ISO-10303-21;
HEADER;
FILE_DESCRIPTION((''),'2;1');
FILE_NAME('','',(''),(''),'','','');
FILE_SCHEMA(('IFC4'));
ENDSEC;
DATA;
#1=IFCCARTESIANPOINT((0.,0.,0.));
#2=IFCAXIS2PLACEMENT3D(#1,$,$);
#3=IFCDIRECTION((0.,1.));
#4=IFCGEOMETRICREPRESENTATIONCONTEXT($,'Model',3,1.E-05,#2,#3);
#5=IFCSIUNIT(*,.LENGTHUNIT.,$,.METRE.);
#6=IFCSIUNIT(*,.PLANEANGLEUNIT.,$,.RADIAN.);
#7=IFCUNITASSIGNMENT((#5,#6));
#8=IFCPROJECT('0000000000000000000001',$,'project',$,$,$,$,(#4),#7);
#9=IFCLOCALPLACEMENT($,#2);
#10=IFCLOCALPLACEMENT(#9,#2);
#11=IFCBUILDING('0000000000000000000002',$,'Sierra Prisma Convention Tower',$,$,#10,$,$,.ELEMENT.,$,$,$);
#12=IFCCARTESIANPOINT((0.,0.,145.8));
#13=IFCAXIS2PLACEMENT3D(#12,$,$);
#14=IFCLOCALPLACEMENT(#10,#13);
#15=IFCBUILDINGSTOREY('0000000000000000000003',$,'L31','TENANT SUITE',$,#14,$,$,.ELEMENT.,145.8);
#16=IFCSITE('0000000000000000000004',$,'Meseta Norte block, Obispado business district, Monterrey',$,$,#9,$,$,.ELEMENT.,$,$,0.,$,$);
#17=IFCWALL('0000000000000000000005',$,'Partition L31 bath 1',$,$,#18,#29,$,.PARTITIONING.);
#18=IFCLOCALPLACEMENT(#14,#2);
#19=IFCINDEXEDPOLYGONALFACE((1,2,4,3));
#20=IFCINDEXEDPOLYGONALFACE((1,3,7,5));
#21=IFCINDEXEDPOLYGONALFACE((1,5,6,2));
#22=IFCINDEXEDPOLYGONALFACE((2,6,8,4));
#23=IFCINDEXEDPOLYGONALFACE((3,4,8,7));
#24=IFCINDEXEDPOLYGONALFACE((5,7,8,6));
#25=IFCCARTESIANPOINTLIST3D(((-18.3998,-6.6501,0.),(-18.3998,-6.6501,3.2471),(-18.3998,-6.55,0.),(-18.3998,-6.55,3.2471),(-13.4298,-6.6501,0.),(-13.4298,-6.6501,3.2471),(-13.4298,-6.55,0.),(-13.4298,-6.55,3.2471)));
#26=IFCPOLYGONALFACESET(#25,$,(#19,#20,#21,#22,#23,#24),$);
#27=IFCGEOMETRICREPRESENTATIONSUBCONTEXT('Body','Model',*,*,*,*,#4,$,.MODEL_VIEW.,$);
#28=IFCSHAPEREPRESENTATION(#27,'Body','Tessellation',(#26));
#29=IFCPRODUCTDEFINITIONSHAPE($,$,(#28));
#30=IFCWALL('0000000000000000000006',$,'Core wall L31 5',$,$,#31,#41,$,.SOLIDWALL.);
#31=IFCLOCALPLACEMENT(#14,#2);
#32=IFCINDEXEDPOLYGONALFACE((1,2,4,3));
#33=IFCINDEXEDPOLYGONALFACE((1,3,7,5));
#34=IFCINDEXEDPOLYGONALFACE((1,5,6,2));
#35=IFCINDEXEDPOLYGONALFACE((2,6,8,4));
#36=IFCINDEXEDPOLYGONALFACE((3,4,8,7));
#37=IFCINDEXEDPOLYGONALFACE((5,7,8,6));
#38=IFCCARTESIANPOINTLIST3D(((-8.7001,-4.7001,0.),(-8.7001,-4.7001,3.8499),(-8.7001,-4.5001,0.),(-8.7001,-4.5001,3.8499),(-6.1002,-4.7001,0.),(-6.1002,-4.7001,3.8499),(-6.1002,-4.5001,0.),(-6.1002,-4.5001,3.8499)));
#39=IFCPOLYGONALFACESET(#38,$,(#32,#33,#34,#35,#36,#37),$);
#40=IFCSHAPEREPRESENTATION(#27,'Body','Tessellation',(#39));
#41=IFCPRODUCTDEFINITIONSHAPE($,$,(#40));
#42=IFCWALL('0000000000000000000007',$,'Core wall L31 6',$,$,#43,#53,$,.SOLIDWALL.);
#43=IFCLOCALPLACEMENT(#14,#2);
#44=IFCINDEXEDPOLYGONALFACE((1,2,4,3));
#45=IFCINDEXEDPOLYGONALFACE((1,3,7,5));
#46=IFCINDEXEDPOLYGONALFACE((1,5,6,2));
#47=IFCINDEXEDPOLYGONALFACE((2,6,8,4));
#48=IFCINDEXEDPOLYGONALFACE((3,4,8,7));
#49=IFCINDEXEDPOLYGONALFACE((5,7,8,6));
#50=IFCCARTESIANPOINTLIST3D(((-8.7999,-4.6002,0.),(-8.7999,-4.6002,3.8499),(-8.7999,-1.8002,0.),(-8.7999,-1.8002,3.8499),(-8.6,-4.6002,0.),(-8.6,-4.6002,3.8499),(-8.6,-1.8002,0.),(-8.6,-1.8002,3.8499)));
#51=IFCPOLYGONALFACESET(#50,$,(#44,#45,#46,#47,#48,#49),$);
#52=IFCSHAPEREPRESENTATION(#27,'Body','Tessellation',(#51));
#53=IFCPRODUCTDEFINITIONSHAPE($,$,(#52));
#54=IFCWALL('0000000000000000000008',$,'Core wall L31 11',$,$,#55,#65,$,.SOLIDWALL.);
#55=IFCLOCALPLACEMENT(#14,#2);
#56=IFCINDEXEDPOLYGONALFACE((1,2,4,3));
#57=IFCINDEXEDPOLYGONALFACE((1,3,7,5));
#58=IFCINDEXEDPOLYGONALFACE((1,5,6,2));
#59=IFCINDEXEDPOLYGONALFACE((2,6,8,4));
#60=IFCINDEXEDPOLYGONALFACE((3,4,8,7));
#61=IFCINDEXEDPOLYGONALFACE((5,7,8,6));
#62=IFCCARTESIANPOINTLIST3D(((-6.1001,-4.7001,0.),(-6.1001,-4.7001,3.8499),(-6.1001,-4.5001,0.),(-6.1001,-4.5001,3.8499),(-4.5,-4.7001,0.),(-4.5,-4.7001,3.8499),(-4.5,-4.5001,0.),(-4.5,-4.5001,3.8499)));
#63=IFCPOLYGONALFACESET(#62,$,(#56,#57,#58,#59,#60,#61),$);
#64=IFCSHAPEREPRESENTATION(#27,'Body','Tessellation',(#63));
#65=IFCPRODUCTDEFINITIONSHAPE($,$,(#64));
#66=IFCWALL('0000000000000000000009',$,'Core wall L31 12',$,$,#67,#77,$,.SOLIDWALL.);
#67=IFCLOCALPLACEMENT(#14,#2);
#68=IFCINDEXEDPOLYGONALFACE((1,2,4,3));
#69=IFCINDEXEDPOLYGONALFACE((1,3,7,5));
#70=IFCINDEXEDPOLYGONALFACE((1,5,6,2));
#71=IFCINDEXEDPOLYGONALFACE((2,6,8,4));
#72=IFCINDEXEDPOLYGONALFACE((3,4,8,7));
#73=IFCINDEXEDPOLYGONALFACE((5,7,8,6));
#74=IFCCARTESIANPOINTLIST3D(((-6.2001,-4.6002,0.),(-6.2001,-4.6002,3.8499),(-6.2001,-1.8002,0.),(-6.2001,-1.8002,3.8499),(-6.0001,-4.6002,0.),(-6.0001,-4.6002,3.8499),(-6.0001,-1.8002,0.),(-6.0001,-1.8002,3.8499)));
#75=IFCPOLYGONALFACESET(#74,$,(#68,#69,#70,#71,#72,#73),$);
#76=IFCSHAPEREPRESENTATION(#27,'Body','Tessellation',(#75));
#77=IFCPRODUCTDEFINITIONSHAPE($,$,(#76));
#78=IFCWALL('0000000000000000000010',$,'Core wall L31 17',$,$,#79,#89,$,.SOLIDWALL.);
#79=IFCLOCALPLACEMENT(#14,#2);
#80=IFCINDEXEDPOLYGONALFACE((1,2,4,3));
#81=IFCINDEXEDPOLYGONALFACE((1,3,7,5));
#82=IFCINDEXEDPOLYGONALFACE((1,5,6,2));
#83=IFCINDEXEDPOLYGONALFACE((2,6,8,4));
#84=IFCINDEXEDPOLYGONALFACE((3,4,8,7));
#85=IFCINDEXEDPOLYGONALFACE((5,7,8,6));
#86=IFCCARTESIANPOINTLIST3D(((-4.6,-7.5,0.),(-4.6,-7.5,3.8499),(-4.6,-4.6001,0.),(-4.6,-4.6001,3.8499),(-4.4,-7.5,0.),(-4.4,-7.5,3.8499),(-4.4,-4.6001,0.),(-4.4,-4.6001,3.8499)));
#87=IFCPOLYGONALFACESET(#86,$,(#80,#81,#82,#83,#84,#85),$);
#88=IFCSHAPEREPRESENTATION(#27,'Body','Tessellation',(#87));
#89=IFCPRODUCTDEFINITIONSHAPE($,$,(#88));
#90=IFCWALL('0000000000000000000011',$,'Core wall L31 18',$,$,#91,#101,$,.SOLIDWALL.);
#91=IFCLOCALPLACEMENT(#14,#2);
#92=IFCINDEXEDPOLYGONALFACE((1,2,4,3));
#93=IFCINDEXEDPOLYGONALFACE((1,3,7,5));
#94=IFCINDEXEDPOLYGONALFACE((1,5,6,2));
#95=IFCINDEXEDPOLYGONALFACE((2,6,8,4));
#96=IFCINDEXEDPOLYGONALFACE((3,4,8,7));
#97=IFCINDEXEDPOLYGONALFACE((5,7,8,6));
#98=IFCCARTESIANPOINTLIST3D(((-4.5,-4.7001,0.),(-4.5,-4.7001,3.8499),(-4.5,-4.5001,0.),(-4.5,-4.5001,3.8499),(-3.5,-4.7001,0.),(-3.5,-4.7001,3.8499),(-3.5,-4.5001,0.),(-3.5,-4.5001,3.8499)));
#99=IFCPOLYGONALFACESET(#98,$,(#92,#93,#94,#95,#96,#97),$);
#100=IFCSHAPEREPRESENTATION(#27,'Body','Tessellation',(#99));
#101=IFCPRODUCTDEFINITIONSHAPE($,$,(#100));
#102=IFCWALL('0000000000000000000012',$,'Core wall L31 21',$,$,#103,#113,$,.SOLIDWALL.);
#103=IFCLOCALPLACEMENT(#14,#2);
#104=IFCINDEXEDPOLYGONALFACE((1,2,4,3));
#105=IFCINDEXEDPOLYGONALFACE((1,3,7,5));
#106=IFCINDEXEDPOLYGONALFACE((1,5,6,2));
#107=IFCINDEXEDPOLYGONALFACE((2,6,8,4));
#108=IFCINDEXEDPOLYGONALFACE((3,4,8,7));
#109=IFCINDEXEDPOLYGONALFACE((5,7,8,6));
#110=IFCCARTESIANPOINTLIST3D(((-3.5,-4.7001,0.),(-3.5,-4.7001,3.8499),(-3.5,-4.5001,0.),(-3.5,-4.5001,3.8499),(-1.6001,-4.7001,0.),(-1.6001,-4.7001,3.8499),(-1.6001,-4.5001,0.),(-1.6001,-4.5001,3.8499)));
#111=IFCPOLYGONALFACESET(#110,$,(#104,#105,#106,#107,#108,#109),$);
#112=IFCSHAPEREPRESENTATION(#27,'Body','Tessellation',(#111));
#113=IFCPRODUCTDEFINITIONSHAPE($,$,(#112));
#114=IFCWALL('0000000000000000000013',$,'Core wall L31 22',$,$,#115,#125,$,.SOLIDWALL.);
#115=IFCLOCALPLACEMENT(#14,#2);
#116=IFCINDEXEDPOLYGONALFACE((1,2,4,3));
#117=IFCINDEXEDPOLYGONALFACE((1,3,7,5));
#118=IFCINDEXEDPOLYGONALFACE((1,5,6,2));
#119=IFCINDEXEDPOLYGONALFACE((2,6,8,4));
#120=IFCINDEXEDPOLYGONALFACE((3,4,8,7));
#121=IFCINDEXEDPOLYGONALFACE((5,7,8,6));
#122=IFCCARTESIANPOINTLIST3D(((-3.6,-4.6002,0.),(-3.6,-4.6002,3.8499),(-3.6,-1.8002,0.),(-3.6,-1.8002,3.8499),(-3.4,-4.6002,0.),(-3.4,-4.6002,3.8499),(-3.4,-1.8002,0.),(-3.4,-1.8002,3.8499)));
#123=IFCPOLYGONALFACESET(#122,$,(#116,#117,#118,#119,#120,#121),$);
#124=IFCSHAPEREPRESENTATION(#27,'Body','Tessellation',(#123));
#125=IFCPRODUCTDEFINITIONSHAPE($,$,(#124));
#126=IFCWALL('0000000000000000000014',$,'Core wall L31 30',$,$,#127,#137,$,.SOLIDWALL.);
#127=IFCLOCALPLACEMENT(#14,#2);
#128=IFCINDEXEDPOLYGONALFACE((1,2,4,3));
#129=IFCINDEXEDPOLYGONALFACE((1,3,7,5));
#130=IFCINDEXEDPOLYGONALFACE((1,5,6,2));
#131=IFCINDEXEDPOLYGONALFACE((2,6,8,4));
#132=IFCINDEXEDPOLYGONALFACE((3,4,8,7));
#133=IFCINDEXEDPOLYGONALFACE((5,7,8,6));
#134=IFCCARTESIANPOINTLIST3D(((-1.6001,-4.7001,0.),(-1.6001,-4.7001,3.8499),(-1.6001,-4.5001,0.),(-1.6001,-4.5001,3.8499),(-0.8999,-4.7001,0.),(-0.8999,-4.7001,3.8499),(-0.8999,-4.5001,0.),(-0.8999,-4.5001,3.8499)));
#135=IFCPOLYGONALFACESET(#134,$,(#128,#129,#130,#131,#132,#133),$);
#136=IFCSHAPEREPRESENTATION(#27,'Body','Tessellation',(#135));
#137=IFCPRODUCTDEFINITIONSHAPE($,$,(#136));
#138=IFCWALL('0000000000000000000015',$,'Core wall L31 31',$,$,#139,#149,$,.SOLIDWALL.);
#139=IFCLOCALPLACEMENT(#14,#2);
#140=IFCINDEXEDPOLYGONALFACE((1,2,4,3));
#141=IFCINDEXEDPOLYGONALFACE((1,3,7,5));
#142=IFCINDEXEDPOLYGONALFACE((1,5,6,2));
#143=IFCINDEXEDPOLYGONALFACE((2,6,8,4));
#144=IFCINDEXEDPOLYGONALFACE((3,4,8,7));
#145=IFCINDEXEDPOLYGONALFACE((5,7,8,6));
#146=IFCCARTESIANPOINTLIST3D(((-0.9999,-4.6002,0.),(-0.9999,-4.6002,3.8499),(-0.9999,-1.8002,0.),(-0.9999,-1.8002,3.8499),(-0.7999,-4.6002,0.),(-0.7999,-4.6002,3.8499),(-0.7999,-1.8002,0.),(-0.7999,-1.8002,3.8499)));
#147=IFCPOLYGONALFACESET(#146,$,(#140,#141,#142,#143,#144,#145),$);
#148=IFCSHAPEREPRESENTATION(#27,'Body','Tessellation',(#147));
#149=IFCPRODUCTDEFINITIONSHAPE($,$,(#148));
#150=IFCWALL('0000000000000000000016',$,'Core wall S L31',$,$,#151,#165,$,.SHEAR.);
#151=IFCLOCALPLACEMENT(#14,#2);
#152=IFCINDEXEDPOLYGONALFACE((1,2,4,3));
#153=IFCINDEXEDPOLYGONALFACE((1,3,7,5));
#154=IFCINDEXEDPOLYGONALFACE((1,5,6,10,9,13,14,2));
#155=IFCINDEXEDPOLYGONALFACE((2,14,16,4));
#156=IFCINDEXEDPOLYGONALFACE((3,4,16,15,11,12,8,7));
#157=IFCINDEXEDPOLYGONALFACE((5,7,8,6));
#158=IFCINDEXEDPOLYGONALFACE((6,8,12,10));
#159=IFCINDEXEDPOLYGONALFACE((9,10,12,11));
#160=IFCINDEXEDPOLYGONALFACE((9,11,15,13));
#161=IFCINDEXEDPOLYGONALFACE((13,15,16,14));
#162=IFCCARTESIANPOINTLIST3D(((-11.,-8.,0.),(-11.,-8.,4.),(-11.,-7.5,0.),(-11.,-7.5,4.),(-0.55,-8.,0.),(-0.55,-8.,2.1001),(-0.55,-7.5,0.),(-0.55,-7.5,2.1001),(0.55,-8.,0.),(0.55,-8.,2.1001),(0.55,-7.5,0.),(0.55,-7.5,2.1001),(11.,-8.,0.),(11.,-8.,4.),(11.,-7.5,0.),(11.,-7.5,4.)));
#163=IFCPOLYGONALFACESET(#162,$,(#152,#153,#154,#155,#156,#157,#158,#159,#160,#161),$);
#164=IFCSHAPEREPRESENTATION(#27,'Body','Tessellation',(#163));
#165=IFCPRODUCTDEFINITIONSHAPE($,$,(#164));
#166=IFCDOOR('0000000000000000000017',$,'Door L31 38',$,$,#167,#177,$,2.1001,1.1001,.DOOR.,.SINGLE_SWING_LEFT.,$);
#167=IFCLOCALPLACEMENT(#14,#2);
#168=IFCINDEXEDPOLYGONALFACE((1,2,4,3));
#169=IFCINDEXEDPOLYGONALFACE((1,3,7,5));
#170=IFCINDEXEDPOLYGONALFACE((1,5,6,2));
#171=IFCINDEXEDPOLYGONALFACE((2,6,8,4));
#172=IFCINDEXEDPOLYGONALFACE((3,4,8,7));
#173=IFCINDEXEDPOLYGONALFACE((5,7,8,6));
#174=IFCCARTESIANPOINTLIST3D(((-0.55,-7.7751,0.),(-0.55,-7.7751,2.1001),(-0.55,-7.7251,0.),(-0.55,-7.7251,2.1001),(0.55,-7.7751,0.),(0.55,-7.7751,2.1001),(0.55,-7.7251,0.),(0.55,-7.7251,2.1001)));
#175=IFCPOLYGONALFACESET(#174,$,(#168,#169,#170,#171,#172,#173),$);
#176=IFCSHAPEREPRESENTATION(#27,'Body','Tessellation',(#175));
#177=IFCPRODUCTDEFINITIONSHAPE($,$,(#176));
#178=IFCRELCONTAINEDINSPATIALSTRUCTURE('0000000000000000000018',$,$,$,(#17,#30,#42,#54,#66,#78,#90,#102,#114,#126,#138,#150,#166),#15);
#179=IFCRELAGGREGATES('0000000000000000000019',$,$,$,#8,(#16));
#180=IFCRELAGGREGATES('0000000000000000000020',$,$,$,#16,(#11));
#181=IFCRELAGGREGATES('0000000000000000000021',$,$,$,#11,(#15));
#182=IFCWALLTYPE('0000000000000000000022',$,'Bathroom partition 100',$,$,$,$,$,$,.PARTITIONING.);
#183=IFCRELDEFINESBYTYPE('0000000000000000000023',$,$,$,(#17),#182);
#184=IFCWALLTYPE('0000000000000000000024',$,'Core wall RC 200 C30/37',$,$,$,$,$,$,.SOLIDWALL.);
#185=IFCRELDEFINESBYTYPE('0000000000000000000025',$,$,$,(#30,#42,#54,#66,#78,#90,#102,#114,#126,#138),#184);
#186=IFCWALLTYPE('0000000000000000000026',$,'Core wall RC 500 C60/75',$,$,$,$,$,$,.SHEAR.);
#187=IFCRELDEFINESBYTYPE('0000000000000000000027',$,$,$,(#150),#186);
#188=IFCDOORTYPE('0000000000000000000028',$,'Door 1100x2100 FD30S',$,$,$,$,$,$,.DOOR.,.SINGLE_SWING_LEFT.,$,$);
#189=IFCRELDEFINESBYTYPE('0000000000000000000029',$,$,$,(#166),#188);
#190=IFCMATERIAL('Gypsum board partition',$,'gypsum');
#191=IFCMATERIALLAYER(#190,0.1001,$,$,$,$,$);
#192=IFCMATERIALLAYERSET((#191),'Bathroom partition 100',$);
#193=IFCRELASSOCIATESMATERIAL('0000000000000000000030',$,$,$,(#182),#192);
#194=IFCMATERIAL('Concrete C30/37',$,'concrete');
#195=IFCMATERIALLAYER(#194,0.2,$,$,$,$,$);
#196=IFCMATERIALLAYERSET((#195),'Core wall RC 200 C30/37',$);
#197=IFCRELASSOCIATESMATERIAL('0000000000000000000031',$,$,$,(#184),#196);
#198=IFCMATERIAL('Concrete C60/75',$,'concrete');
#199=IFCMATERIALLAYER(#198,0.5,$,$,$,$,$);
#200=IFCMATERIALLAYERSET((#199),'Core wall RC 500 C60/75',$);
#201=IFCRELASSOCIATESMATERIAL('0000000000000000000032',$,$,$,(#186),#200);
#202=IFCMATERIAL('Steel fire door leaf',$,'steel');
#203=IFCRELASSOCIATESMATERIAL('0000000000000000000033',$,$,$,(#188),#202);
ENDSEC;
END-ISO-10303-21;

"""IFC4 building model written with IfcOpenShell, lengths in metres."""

from ifc_helpers import new_model, si_unit, direction, frame, frame_2d, origin, place, context, subcontext, project, spatial, rectangle, extrude, material, layer, layer_set, type_object, element, fill, save


model = new_model("IFC4")

# Units and contexts
model_context = context("Model", 3, precision=1e-05, world=origin(), true_north=direction((0.0, 1.0)))
body_context = subcontext(model_context, "Body", "Model", "MODEL_VIEW")
ifc_project = project(units=[si_unit("LENGTHUNIT", "METRE"), si_unit("PLANEANGLEUNIT", "RADIAN")], contexts=[model_context])

# Site, building, storey
site_placement = place(None, origin())
site = spatial("IfcSite", under=ifc_project, at=site_placement, Name="Meseta Norte block, Obispado business district, Monterrey", CompositionType="ELEMENT", RefElevation=0.0)
building_placement = place(site_placement, origin())
building = spatial("IfcBuilding", under=site, at=building_placement, Name="Sierra Prisma Convention Tower", CompositionType="ELEMENT")
storey_placement = place(building_placement, frame((0.0, 0.0, 145.8)))
storey = spatial("IfcBuildingStorey", under=building, at=storey_placement, Name="L31", Description="TENANT SUITE", CompositionType="ELEMENT", Elevation=145.8)

# Wall
ifc_material_1 = material(Name="Gypsum board partition", Category="gypsum")
ifc_layer_1 = layer(ifc_material_1, 0.1001)
ifc_layer_set_1 = layer_set([ifc_layer_1], Name="Bathroom partition 100")
wall_type_1 = type_object("IfcWallType", Name="Bathroom partition 100", PredefinedType="PARTITIONING", material=ifc_layer_set_1)
wall_1_placement = place(storey_placement, frame((-13.4299, -6.6001, 0.0), z_axis=(0.0, 0.0, 1.0), x_axis=(-1.0, 0.0, 0.0)))
element("IfcWall", 1, at=wall_1_placement, inside=storey, type_object=wall_type_1, Name="Partition L31 bath 1", PredefinedType="PARTITIONING", context=body_context, shape_type="SweptSolid", body=[
    extrude(rectangle(XDim=4.97, YDim=0.1001, at=frame_2d((2.4849, 0.0))), origin(), (0.0, 0.0, 1.0), 3.2471),
])

# Shared definitions
ifc_material_2 = material(Name="Concrete C30/37", Category="concrete")
ifc_layer_2 = layer(ifc_material_2, 0.2)
ifc_layer_set_2 = layer_set([ifc_layer_2], Name="Core wall RC 200 C30/37")
wall_type_2 = type_object("IfcWallType", Name="Core wall RC 200 C30/37", PredefinedType="SOLIDWALL", material=ifc_layer_set_2)

# Walls
wall_2_placement = place(storey_placement, frame((-8.7, -4.6001, 0.0), z_axis=(0.0, 0.0, 1.0), x_axis=(1.0, 0.0, 0.0)))
element("IfcWall", 2, at=wall_2_placement, inside=storey, type_object=wall_type_2, Name="Core wall L31 5", PredefinedType="SOLIDWALL", context=body_context, shape_type="SweptSolid", body=[
    extrude(rectangle(XDim=2.5999, YDim=0.2, at=frame_2d((1.2998, 0.0))), origin(), (0.0, 0.0, 1.0), 3.8499),
])
wall_3_placement = place(storey_placement, frame((-8.7, -4.6001, 0.0), z_axis=(0.0, 0.0, 1.0), x_axis=(0.0, 1.0, 0.0)))
element("IfcWall", 3, at=wall_3_placement, inside=storey, type_object=wall_type_2, Name="Core wall L31 6", PredefinedType="SOLIDWALL", context=body_context, shape_type="SweptSolid", body=[
    extrude(rectangle(XDim=2.8, YDim=0.2, at=frame_2d((1.3999, 0.0))), origin(), (0.0, 0.0, 1.0), 3.8499),
])
wall_4_placement = place(storey_placement, frame((-6.1001, -4.6001, 0.0), z_axis=(0.0, 0.0, 1.0), x_axis=(1.0, 0.0, 0.0)))
element("IfcWall", 4, at=wall_4_placement, inside=storey, type_object=wall_type_2, Name="Core wall L31 11", PredefinedType="SOLIDWALL", context=body_context, shape_type="SweptSolid", body=[
    extrude(rectangle(XDim=1.6001, YDim=0.2, at=frame_2d((0.8, 0.0))), origin(), (0.0, 0.0, 1.0), 3.8499),
])
wall_5_placement = place(storey_placement, frame((-6.1001, -4.6001, 0.0), z_axis=(0.0, 0.0, 1.0), x_axis=(0.0, 1.0, 0.0)))
element("IfcWall", 5, at=wall_5_placement, inside=storey, type_object=wall_type_2, Name="Core wall L31 12", PredefinedType="SOLIDWALL", context=body_context, shape_type="SweptSolid", body=[
    extrude(rectangle(XDim=2.8, YDim=0.2, at=frame_2d((1.3999, 0.0))), origin(), (0.0, 0.0, 1.0), 3.8499),
])
wall_6_placement = place(storey_placement, frame((-4.5, -4.6001, 0.0), z_axis=(0.0, 0.0, 1.0), x_axis=(0.0, -1.0, 0.0)))
element("IfcWall", 6, at=wall_6_placement, inside=storey, type_object=wall_type_2, Name="Core wall L31 17", PredefinedType="SOLIDWALL", context=body_context, shape_type="SweptSolid", body=[
    extrude(rectangle(XDim=2.8999, YDim=0.2, at=frame_2d((1.45, 0.0))), origin(), (0.0, 0.0, 1.0), 3.8499),
])
wall_7_placement = place(storey_placement, frame((-4.5, -4.6001, 0.0), z_axis=(0.0, 0.0, 1.0), x_axis=(1.0, 0.0, 0.0)))
element("IfcWall", 7, at=wall_7_placement, inside=storey, type_object=wall_type_2, Name="Core wall L31 18", PredefinedType="SOLIDWALL", context=body_context, shape_type="SweptSolid", body=[
    extrude(rectangle(XDim=1.0, YDim=0.2, at=frame_2d((0.5, 0.0))), origin(), (0.0, 0.0, 1.0), 3.8499),
])
wall_8_placement = place(storey_placement, frame((-3.5, -4.6001, 0.0), z_axis=(0.0, 0.0, 1.0), x_axis=(1.0, 0.0, 0.0)))
element("IfcWall", 8, at=wall_8_placement, inside=storey, type_object=wall_type_2, Name="Core wall L31 21", PredefinedType="SOLIDWALL", context=body_context, shape_type="SweptSolid", body=[
    extrude(rectangle(XDim=1.8999, YDim=0.2, at=frame_2d((0.95, 0.0))), origin(), (0.0, 0.0, 1.0), 3.8499),
])
wall_9_placement = place(storey_placement, frame((-3.5, -4.6001, 0.0), z_axis=(0.0, 0.0, 1.0), x_axis=(0.0, 1.0, 0.0)))
element("IfcWall", 9, at=wall_9_placement, inside=storey, type_object=wall_type_2, Name="Core wall L31 22", PredefinedType="SOLIDWALL", context=body_context, shape_type="SweptSolid", body=[
    extrude(rectangle(XDim=2.8, YDim=0.2, at=frame_2d((1.3999, 0.0))), origin(), (0.0, 0.0, 1.0), 3.8499),
])

# Walls
wall_10_placement = place(storey_placement, frame((-1.6001, -4.6001, 0.0), z_axis=(0.0, 0.0, 1.0), x_axis=(1.0, 0.0, 0.0)))
element("IfcWall", 10, at=wall_10_placement, inside=storey, type_object=wall_type_2, Name="Core wall L31 30", PredefinedType="SOLIDWALL", context=body_context, shape_type="SweptSolid", body=[
    extrude(rectangle(XDim=0.7002, YDim=0.2, at=frame_2d((0.3501, 0.0))), origin(), (0.0, 0.0, 1.0), 3.8499),
])
wall_11_placement = place(storey_placement, frame((-0.8999, -4.6001, 0.0), z_axis=(0.0, 0.0, 1.0), x_axis=(0.0, 1.0, 0.0)))
element("IfcWall", 11, at=wall_11_placement, inside=storey, type_object=wall_type_2, Name="Core wall L31 31", PredefinedType="SOLIDWALL", context=body_context, shape_type="SweptSolid", body=[
    extrude(rectangle(XDim=2.8, YDim=0.2, at=frame_2d((1.3999, 0.0))), origin(), (0.0, 0.0, 1.0), 3.8499),
])

# Wall, opening, door
ifc_material_3 = material(Name="Concrete C60/75", Category="concrete")
ifc_layer_3 = layer(ifc_material_3, 0.5)
ifc_layer_set_3 = layer_set([ifc_layer_3], Name="Core wall RC 500 C60/75")
wall_type_3 = type_object("IfcWallType", Name="Core wall RC 500 C60/75", PredefinedType="SHEAR", material=ifc_layer_set_3)
wall_12_placement = place(storey_placement, frame((-11.0, -7.75, 0.0), z_axis=(0.0, 0.0, 1.0), x_axis=(1.0, 0.0, 0.0)))
wall_12 = element("IfcWall", 12, at=wall_12_placement, inside=storey, type_object=wall_type_3, Name="Core wall S L31", PredefinedType="SHEAR", context=body_context, shape_type="SweptSolid", body=[
    extrude(rectangle(XDim=22.0, YDim=0.5, at=frame_2d((11.0, 0.0))), origin(), (0.0, 0.0, 1.0), 4.0),
])
opening_1_placement = place(wall_12_placement, frame((10.45, 0.0, 0.0)))
opening_1 = element("IfcOpeningElement", 13, at=opening_1_placement, cuts=wall_12, PredefinedType="OPENING", context=body_context, shape_type="SweptSolid", body=[
    extrude(rectangle(XDim=1.1001, YDim=2.1001, at=frame_2d((0.55, 1.05))), frame((0.0, 0.25, 0.0), z_axis=(0.0, -1.0, 0.0), x_axis=(1.0, 0.0, 0.0)), (0.0, 0.0, 1.0), 0.5),
])
ifc_material_4 = material(Name="Steel fire door leaf", Category="steel")
door_type_1 = type_object("IfcDoorType", Name="Door 1100x2100 FD30S", OperationType="SINGLE_SWING_LEFT", PredefinedType="DOOR", material=ifc_material_4)
door_1_placement = place(opening_1_placement, origin())
door_1 = element("IfcDoor", 14, at=door_1_placement, inside=storey, type_object=door_type_1, Name="Door L31 38", OperationType="SINGLE_SWING_LEFT", OverallHeight=2.1001, OverallWidth=1.1001, PredefinedType="DOOR", context=body_context, shape_type="SweptSolid", body=[
    extrude(rectangle(XDim=1.1001, YDim=2.1001, at=frame_2d((0.55, 1.05))), frame((0.0, 0.0249, 0.0), z_axis=(0.0, -1.0, 0.0), x_axis=(1.0, 0.0, 0.0)), (0.0, 0.0, 1.0), 0.05),
])
fill(opening_1, door_1)

save(model, "model.ifc")
